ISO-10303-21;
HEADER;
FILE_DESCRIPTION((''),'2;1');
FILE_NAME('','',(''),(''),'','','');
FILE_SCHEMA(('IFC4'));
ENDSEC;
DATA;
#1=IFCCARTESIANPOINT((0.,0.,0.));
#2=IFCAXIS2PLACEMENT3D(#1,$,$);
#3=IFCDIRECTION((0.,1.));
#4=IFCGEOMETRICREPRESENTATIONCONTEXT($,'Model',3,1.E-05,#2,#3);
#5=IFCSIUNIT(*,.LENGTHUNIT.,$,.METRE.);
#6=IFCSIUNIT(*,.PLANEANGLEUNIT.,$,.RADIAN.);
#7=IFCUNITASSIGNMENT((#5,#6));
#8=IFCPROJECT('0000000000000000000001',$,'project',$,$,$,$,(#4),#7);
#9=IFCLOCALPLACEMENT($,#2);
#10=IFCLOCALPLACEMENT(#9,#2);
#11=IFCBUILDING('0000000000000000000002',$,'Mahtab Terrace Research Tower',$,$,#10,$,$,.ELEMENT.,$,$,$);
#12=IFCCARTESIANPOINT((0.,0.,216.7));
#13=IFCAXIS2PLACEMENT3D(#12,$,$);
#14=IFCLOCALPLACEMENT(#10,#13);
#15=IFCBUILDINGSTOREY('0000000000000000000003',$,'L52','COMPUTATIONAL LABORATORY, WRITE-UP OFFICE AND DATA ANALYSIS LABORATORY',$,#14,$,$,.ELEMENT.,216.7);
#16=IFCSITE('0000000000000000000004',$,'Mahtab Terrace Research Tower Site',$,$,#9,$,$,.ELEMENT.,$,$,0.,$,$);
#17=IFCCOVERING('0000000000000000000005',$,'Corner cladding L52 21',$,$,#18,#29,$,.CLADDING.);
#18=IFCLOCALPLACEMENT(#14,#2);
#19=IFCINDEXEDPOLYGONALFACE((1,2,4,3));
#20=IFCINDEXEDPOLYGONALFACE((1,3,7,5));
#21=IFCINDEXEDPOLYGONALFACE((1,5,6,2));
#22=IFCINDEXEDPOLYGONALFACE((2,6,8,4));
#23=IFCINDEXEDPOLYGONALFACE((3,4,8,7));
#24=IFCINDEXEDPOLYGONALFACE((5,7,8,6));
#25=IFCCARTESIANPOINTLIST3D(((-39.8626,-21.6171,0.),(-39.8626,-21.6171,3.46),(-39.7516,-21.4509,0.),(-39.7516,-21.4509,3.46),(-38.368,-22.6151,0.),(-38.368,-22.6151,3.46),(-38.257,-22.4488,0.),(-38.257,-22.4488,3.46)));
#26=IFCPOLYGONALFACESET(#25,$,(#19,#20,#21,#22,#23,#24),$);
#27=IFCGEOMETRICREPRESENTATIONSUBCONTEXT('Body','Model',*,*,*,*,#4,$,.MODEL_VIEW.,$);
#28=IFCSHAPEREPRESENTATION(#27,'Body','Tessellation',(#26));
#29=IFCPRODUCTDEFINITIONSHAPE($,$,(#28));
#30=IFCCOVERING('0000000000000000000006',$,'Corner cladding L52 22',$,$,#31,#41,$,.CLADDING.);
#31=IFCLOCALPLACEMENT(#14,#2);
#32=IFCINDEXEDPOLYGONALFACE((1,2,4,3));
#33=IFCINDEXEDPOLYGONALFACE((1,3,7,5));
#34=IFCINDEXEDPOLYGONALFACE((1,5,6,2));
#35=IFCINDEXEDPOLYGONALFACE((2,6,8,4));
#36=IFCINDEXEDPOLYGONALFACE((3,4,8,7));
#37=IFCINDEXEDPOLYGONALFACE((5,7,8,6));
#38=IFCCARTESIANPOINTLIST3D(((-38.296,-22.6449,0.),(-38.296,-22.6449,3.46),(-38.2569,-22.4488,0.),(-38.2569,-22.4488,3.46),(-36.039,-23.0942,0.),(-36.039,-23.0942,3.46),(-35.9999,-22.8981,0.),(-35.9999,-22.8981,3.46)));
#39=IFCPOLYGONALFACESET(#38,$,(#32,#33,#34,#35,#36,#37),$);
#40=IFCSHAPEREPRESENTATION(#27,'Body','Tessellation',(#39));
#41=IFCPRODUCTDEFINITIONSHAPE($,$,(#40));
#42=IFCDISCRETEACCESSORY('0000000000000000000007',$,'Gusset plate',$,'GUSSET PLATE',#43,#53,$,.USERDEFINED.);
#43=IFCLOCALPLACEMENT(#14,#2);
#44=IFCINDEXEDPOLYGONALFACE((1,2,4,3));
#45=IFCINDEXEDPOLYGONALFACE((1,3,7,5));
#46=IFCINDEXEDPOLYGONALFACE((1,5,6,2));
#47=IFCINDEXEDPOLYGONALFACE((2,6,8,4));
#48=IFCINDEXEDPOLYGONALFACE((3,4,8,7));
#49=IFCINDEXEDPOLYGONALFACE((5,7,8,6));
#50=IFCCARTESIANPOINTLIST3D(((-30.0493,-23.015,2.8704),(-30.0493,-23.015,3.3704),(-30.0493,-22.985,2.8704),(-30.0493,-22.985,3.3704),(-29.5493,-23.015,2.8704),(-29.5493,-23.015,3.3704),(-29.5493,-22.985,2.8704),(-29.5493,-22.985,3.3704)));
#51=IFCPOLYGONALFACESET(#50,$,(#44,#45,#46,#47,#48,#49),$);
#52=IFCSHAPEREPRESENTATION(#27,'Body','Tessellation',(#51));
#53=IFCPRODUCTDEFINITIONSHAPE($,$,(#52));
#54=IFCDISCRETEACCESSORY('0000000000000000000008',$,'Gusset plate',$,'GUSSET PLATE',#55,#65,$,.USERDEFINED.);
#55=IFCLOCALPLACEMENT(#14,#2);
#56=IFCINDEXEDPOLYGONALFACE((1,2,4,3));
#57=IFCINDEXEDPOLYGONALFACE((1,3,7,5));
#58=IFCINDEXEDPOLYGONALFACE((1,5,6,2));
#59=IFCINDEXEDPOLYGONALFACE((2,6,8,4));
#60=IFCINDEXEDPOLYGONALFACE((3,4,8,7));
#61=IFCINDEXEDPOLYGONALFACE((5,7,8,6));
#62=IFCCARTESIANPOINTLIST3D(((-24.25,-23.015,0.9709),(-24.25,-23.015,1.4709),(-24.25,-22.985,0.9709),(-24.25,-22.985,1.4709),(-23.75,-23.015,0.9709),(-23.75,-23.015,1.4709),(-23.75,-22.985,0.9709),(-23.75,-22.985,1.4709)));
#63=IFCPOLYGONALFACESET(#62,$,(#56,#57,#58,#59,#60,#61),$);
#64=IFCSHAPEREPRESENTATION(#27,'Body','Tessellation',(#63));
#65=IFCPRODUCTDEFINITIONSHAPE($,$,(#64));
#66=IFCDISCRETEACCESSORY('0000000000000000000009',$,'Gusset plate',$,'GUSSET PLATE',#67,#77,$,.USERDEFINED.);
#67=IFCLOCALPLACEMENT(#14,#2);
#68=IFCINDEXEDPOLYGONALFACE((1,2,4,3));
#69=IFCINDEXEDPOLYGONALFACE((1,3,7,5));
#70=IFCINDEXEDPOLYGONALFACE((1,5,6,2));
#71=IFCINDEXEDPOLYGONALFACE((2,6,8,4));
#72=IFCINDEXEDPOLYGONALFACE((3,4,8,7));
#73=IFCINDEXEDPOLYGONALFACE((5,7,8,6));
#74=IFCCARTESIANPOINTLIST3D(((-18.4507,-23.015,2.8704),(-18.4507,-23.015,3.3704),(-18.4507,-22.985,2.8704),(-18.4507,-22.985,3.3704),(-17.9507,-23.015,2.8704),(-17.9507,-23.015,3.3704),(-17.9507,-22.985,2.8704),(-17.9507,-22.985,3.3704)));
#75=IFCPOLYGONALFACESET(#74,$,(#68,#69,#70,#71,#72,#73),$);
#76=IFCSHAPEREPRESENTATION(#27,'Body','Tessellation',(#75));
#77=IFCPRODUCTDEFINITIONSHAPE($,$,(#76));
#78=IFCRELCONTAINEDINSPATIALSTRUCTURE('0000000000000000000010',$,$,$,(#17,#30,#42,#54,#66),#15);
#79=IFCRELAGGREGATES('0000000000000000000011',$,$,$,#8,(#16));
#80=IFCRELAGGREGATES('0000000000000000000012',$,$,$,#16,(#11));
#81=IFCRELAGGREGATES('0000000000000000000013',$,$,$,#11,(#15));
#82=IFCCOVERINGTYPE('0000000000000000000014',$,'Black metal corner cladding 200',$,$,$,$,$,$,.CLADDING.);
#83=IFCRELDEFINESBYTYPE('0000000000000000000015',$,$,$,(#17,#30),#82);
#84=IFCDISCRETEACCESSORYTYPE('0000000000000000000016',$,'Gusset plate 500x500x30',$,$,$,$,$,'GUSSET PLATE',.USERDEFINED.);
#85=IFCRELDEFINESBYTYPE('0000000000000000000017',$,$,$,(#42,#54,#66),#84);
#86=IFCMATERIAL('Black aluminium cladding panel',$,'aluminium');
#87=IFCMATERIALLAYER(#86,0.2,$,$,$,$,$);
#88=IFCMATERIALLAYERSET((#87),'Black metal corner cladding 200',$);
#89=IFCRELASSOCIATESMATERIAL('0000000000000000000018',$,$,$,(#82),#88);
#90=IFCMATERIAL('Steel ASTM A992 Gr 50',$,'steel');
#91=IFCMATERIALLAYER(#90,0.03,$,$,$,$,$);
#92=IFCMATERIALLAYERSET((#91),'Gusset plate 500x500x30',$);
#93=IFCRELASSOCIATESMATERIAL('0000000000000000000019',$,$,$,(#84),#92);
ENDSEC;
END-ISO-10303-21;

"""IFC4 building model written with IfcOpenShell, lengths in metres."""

from ifc_helpers import new_model, si_unit, direction, frame, origin, origin_2d, place, context, subcontext, project, spatial, rectangle, extrude, material, layer, layer_set, type_object, element, save


model = new_model("IFC4")

# Units and contexts
model_context = context("Model", 3, precision=1e-05, world=origin(), true_north=direction((0.0, 1.0)))
body_context = subcontext(model_context, "Body", "Model", "MODEL_VIEW")
ifc_project = project(units=[si_unit("LENGTHUNIT", "METRE"), si_unit("PLANEANGLEUNIT", "RADIAN")], contexts=[model_context])

# Site, building, storey
site_placement = place(None, origin())
site = spatial("IfcSite", under=ifc_project, at=site_placement, Name="Mahtab Terrace Research Tower Site", CompositionType="ELEMENT", RefElevation=0.0)
building_placement = place(site_placement, origin())
building = spatial("IfcBuilding", under=site, at=building_placement, Name="Mahtab Terrace Research Tower", CompositionType="ELEMENT")
storey_placement = place(building_placement, frame((0.0, 0.0, 216.7)))
storey = spatial("IfcBuildingStorey", under=building, at=storey_placement, Name="L52", Description="COMPUTATIONAL LABORATORY, WRITE-UP OFFICE AND DATA ANALYSIS LABORATORY", CompositionType="ELEMENT", Elevation=216.7)

# Shared definitions
ifc_material_1 = material(Name="Steel ASTM A992 Gr 50", Category="steel")

# Shared definitions
ifc_material_2 = material(Name="Black aluminium cladding panel", Category="aluminium")

# Coverings
ifc_layer_1 = layer(ifc_material_2, 0.2)
ifc_layer_set_1 = layer_set([ifc_layer_1], Name="Black metal corner cladding 200")
covering_type = type_object("IfcCoveringType", Name="Black metal corner cladding 200", PredefinedType="CLADDING", material=ifc_layer_set_1)
covering_1_placement = place(storey_placement, frame((-39.0598, -22.033, 0.0), z_axis=(0.0, 0.0, 1.0), x_axis=(0.831656, -0.555291, 0.0)))
element("IfcCovering", 1, at=covering_1_placement, inside=storey, type_object=covering_type, Name="Corner cladding L52 21", PredefinedType="CLADDING", context=body_context, shape_type="SweptSolid", body=[
    extrude(rectangle(XDim=1.7971, YDim=0.2, at=origin_2d()), origin(), (0.0, 0.0, 1.0), 3.46),
])
covering_2_placement = place(storey_placement, frame((-37.1479, -22.7715, 0.0), z_axis=(0.0, 0.0, 1.0), x_axis=(0.980761, -0.195212, 0.0)))
element("IfcCovering", 2, at=covering_2_placement, inside=storey, type_object=covering_type, Name="Corner cladding L52 22", PredefinedType="CLADDING", context=body_context, shape_type="SweptSolid", body=[
    extrude(rectangle(XDim=2.3013, YDim=0.2, at=origin_2d()), origin(), (0.0, 0.0, 1.0), 3.46),
])

# Discrete accessories
ifc_layer_2 = layer(ifc_material_1, 0.03)
ifc_layer_set_2 = layer_set([ifc_layer_2], Name="Gusset plate 500x500x30")
discrete_accessory_type = type_object("IfcDiscreteAccessoryType", Name="Gusset plate 500x500x30", ElementType="GUSSET PLATE", PredefinedType="USERDEFINED", material=ifc_layer_set_2)
for number, where, z_axis, x_axis, name in (
    (3, (-29.7993, -23.0, 2.8704), (0.0, 0.0, 1.0), (1.0, 0.0, 0.0), "Gusset plate"),
    (4, (-24.0, -23.0, 0.9709), (0.0, 0.0, 1.0), (1.0, 0.0, 0.0), "Gusset plate"),
    (5, (-18.2007, -23.0, 2.8704), (0.0, 0.0, 1.0), (1.0, 0.0, 0.0), "Gusset plate"),
):
    element("IfcDiscreteAccessory", number, at=place(storey_placement, frame(where, z_axis=z_axis, x_axis=x_axis)), inside=storey, type_object=discrete_accessory_type, Name=name, ObjectType="GUSSET PLATE", PredefinedType="USERDEFINED", context=body_context, shape_type="SweptSolid", body=[
        extrude(rectangle(XDim=0.5, YDim=0.03, at=origin_2d()), origin(), (0.0, 0.0, 1.0), 0.5),
    ])

save(model, "model.ifc")
